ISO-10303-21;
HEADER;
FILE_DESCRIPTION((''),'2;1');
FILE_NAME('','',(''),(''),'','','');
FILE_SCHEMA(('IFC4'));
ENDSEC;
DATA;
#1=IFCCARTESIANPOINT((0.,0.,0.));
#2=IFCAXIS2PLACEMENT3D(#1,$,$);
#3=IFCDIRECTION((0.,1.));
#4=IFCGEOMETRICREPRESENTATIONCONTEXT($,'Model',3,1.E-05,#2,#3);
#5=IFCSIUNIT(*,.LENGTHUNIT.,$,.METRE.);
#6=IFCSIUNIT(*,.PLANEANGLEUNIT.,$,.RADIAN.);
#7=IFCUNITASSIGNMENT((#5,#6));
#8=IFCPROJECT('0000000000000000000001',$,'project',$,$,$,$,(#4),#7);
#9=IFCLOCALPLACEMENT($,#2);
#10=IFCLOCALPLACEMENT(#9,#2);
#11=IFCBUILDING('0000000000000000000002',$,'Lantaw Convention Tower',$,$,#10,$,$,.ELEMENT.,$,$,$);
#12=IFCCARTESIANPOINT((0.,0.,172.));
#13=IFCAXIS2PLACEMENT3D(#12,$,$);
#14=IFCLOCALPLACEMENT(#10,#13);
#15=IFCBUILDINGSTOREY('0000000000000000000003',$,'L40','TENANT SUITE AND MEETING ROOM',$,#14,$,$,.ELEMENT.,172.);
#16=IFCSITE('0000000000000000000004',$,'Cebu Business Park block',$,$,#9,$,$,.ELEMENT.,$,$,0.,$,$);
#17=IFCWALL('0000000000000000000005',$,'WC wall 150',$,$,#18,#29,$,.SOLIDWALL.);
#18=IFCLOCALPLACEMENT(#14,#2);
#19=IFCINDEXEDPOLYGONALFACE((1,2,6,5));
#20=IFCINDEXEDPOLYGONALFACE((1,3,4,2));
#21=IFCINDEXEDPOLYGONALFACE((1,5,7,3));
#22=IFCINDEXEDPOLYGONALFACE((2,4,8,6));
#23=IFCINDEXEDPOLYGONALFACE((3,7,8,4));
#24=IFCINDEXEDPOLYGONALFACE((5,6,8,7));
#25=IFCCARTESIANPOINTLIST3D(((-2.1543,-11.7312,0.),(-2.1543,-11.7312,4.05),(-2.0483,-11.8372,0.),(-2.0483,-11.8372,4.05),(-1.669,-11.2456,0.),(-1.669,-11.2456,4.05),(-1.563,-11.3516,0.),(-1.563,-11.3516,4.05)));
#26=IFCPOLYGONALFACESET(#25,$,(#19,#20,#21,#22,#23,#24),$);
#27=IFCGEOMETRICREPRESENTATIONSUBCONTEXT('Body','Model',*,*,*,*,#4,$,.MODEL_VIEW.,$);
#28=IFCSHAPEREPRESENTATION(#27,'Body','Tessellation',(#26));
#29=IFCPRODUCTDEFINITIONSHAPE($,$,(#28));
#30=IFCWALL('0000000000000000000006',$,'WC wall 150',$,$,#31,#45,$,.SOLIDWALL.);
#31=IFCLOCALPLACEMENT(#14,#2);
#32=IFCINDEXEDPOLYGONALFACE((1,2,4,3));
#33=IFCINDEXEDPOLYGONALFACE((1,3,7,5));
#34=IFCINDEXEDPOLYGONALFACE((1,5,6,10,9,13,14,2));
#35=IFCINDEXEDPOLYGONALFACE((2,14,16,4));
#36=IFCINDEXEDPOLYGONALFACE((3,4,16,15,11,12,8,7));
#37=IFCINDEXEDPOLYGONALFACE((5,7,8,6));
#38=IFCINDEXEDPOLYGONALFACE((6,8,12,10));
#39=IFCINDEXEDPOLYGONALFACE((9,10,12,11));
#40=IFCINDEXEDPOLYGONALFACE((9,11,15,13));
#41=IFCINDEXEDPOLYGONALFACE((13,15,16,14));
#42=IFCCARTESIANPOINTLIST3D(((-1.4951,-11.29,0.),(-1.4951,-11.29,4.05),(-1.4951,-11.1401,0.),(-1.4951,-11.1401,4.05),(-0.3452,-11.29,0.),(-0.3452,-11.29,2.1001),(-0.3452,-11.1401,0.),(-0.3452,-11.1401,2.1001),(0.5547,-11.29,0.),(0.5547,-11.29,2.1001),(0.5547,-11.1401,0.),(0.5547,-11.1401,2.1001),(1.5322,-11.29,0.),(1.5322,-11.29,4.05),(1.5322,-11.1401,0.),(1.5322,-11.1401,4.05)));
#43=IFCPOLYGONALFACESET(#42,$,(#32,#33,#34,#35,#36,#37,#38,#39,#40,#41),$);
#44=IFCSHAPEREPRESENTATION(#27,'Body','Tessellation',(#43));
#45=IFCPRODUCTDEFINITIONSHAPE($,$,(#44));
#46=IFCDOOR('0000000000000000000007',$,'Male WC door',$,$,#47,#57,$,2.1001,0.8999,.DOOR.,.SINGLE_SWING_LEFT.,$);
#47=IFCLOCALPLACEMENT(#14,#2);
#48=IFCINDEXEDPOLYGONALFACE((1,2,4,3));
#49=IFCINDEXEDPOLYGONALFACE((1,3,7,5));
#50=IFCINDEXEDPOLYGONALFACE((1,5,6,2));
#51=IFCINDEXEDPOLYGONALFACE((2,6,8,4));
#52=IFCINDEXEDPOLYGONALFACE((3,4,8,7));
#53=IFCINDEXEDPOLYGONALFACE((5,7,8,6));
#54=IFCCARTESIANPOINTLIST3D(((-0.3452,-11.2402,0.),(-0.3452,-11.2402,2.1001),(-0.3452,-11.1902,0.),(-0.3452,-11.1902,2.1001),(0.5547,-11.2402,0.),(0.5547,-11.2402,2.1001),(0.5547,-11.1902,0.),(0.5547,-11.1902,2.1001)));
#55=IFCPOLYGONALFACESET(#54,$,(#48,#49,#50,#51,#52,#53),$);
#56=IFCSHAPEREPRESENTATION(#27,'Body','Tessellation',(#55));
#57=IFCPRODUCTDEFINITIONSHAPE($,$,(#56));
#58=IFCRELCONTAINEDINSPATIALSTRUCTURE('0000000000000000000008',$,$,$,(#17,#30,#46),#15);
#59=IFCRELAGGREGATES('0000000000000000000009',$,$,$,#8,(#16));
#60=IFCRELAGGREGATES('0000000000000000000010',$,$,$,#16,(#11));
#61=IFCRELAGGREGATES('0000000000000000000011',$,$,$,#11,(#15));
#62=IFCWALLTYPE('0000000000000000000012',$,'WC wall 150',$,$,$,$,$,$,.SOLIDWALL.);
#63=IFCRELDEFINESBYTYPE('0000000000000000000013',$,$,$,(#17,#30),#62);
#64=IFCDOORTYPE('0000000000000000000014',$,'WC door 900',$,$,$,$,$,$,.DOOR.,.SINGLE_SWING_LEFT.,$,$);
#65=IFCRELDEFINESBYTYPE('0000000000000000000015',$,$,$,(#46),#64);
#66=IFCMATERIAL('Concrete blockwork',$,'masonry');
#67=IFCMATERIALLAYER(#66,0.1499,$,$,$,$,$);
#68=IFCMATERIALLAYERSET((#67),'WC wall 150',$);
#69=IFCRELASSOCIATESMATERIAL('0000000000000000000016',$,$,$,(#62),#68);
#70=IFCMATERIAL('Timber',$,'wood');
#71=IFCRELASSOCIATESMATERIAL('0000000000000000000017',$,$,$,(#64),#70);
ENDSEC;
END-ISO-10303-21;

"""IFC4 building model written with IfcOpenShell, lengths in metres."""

from ifc_helpers import new_model, si_unit, direction, frame, frame_2d, origin, place, context, subcontext, project, spatial, rectangle, extrude, material, layer, layer_set, type_object, element, fill, save


model = new_model("IFC4")

# Units and contexts
model_context = context("Model", 3, precision=1e-05, world=origin(), true_north=direction((0.0, 1.0)))
body_context = subcontext(model_context, "Body", "Model", "MODEL_VIEW")
ifc_project = project(units=[si_unit("LENGTHUNIT", "METRE"), si_unit("PLANEANGLEUNIT", "RADIAN")], contexts=[model_context])

# Site, building, storey
site_placement = place(None, origin())
site = spatial("IfcSite", under=ifc_project, at=site_placement, Name="Cebu Business Park block", CompositionType="ELEMENT", RefElevation=0.0)
building_placement = place(site_placement, origin())
building = spatial("IfcBuilding", under=site, at=building_placement, Name="Lantaw Convention Tower", CompositionType="ELEMENT")
storey_placement = place(building_placement, frame((0.0, 0.0, 172.0)))
storey = spatial("IfcBuildingStorey", under=building, at=storey_placement, Name="L40", Description="TENANT SUITE AND MEETING ROOM", CompositionType="ELEMENT", Elevation=172.0)

# Shared definitions
ifc_material_1 = material(Name="Concrete blockwork", Category="masonry")
ifc_layer_1 = layer(ifc_material_1, 0.1499)
ifc_layer_set_1 = layer_set([ifc_layer_1], Name="WC wall 150")
wall_type_1 = type_object("IfcWallType", Name="WC wall 150", PredefinedType="SOLIDWALL", material=ifc_layer_set_1)
ifc_material_2 = material(Name="Timber", Category="wood")
door_type_1 = type_object("IfcDoorType", Name="WC door 900", OperationType="SINGLE_SWING_LEFT", PredefinedType="DOOR", material=ifc_material_2)

# Wall
wall_1_placement = place(storey_placement, frame((-2.1013, -11.7842, 0.0), z_axis=(0.0, 0.0, 1.0), x_axis=(0.706929, 0.707285, 0.0)))
element("IfcWall", 1, at=wall_1_placement, inside=storey, type_object=wall_type_1, Name="WC wall 150", PredefinedType="SOLIDWALL", context=body_context, shape_type="SweptSolid", body=[
    extrude(rectangle(XDim=0.6865, YDim=0.1499, at=frame_2d((0.3433, 0.0))), origin(), (0.0, 0.0, 1.0), 4.05),
])

# Wall, opening, door
wall_2_placement = place(storey_placement, frame((-1.4951, -11.2151, 0.0), z_axis=(0.0, 0.0, 1.0), x_axis=(1.0, 0.0, 0.0)))
wall_2 = element("IfcWall", 2, at=wall_2_placement, inside=storey, type_object=wall_type_1, Name="WC wall 150", PredefinedType="SOLIDWALL", context=body_context, shape_type="SweptSolid", body=[
    extrude(rectangle(XDim=3.0273, YDim=0.1499, at=frame_2d((1.5137, 0.0))), origin(), (0.0, 0.0, 1.0), 4.05),
])
opening_1_placement = place(wall_2_placement, frame((1.1499, 0.0, 0.0)))
opening_1 = element("IfcOpeningElement", 3, at=opening_1_placement, cuts=wall_2, PredefinedType="OPENING", context=body_context, shape_type="SweptSolid", body=[
    extrude(rectangle(XDim=0.8999, YDim=2.1001, at=frame_2d((0.45, 1.05))), frame((0.0, 0.085, 0.0), z_axis=(0.0, -1.0, 0.0), x_axis=(1.0, 0.0, 0.0)), (0.0, 0.0, 1.0), 0.1699),
])
door_1_placement = place(opening_1_placement, origin())
door_1 = element("IfcDoor", 4, at=door_1_placement, inside=storey, type_object=door_type_1, Name="Male WC door", OperationType="SINGLE_SWING_LEFT", OverallHeight=2.1001, OverallWidth=0.8999, PredefinedType="DOOR", context=body_context, shape_type="SweptSolid", body=[
    extrude(rectangle(XDim=0.8999, YDim=2.1001, at=frame_2d((0.45, 1.05))), frame((0.0, 0.0249, 0.0), z_axis=(0.0, -1.0, 0.0), x_axis=(1.0, 0.0, 0.0)), (0.0, 0.0, 1.0), 0.05),
])
fill(opening_1, door_1)

save(model, "model.ifc")
